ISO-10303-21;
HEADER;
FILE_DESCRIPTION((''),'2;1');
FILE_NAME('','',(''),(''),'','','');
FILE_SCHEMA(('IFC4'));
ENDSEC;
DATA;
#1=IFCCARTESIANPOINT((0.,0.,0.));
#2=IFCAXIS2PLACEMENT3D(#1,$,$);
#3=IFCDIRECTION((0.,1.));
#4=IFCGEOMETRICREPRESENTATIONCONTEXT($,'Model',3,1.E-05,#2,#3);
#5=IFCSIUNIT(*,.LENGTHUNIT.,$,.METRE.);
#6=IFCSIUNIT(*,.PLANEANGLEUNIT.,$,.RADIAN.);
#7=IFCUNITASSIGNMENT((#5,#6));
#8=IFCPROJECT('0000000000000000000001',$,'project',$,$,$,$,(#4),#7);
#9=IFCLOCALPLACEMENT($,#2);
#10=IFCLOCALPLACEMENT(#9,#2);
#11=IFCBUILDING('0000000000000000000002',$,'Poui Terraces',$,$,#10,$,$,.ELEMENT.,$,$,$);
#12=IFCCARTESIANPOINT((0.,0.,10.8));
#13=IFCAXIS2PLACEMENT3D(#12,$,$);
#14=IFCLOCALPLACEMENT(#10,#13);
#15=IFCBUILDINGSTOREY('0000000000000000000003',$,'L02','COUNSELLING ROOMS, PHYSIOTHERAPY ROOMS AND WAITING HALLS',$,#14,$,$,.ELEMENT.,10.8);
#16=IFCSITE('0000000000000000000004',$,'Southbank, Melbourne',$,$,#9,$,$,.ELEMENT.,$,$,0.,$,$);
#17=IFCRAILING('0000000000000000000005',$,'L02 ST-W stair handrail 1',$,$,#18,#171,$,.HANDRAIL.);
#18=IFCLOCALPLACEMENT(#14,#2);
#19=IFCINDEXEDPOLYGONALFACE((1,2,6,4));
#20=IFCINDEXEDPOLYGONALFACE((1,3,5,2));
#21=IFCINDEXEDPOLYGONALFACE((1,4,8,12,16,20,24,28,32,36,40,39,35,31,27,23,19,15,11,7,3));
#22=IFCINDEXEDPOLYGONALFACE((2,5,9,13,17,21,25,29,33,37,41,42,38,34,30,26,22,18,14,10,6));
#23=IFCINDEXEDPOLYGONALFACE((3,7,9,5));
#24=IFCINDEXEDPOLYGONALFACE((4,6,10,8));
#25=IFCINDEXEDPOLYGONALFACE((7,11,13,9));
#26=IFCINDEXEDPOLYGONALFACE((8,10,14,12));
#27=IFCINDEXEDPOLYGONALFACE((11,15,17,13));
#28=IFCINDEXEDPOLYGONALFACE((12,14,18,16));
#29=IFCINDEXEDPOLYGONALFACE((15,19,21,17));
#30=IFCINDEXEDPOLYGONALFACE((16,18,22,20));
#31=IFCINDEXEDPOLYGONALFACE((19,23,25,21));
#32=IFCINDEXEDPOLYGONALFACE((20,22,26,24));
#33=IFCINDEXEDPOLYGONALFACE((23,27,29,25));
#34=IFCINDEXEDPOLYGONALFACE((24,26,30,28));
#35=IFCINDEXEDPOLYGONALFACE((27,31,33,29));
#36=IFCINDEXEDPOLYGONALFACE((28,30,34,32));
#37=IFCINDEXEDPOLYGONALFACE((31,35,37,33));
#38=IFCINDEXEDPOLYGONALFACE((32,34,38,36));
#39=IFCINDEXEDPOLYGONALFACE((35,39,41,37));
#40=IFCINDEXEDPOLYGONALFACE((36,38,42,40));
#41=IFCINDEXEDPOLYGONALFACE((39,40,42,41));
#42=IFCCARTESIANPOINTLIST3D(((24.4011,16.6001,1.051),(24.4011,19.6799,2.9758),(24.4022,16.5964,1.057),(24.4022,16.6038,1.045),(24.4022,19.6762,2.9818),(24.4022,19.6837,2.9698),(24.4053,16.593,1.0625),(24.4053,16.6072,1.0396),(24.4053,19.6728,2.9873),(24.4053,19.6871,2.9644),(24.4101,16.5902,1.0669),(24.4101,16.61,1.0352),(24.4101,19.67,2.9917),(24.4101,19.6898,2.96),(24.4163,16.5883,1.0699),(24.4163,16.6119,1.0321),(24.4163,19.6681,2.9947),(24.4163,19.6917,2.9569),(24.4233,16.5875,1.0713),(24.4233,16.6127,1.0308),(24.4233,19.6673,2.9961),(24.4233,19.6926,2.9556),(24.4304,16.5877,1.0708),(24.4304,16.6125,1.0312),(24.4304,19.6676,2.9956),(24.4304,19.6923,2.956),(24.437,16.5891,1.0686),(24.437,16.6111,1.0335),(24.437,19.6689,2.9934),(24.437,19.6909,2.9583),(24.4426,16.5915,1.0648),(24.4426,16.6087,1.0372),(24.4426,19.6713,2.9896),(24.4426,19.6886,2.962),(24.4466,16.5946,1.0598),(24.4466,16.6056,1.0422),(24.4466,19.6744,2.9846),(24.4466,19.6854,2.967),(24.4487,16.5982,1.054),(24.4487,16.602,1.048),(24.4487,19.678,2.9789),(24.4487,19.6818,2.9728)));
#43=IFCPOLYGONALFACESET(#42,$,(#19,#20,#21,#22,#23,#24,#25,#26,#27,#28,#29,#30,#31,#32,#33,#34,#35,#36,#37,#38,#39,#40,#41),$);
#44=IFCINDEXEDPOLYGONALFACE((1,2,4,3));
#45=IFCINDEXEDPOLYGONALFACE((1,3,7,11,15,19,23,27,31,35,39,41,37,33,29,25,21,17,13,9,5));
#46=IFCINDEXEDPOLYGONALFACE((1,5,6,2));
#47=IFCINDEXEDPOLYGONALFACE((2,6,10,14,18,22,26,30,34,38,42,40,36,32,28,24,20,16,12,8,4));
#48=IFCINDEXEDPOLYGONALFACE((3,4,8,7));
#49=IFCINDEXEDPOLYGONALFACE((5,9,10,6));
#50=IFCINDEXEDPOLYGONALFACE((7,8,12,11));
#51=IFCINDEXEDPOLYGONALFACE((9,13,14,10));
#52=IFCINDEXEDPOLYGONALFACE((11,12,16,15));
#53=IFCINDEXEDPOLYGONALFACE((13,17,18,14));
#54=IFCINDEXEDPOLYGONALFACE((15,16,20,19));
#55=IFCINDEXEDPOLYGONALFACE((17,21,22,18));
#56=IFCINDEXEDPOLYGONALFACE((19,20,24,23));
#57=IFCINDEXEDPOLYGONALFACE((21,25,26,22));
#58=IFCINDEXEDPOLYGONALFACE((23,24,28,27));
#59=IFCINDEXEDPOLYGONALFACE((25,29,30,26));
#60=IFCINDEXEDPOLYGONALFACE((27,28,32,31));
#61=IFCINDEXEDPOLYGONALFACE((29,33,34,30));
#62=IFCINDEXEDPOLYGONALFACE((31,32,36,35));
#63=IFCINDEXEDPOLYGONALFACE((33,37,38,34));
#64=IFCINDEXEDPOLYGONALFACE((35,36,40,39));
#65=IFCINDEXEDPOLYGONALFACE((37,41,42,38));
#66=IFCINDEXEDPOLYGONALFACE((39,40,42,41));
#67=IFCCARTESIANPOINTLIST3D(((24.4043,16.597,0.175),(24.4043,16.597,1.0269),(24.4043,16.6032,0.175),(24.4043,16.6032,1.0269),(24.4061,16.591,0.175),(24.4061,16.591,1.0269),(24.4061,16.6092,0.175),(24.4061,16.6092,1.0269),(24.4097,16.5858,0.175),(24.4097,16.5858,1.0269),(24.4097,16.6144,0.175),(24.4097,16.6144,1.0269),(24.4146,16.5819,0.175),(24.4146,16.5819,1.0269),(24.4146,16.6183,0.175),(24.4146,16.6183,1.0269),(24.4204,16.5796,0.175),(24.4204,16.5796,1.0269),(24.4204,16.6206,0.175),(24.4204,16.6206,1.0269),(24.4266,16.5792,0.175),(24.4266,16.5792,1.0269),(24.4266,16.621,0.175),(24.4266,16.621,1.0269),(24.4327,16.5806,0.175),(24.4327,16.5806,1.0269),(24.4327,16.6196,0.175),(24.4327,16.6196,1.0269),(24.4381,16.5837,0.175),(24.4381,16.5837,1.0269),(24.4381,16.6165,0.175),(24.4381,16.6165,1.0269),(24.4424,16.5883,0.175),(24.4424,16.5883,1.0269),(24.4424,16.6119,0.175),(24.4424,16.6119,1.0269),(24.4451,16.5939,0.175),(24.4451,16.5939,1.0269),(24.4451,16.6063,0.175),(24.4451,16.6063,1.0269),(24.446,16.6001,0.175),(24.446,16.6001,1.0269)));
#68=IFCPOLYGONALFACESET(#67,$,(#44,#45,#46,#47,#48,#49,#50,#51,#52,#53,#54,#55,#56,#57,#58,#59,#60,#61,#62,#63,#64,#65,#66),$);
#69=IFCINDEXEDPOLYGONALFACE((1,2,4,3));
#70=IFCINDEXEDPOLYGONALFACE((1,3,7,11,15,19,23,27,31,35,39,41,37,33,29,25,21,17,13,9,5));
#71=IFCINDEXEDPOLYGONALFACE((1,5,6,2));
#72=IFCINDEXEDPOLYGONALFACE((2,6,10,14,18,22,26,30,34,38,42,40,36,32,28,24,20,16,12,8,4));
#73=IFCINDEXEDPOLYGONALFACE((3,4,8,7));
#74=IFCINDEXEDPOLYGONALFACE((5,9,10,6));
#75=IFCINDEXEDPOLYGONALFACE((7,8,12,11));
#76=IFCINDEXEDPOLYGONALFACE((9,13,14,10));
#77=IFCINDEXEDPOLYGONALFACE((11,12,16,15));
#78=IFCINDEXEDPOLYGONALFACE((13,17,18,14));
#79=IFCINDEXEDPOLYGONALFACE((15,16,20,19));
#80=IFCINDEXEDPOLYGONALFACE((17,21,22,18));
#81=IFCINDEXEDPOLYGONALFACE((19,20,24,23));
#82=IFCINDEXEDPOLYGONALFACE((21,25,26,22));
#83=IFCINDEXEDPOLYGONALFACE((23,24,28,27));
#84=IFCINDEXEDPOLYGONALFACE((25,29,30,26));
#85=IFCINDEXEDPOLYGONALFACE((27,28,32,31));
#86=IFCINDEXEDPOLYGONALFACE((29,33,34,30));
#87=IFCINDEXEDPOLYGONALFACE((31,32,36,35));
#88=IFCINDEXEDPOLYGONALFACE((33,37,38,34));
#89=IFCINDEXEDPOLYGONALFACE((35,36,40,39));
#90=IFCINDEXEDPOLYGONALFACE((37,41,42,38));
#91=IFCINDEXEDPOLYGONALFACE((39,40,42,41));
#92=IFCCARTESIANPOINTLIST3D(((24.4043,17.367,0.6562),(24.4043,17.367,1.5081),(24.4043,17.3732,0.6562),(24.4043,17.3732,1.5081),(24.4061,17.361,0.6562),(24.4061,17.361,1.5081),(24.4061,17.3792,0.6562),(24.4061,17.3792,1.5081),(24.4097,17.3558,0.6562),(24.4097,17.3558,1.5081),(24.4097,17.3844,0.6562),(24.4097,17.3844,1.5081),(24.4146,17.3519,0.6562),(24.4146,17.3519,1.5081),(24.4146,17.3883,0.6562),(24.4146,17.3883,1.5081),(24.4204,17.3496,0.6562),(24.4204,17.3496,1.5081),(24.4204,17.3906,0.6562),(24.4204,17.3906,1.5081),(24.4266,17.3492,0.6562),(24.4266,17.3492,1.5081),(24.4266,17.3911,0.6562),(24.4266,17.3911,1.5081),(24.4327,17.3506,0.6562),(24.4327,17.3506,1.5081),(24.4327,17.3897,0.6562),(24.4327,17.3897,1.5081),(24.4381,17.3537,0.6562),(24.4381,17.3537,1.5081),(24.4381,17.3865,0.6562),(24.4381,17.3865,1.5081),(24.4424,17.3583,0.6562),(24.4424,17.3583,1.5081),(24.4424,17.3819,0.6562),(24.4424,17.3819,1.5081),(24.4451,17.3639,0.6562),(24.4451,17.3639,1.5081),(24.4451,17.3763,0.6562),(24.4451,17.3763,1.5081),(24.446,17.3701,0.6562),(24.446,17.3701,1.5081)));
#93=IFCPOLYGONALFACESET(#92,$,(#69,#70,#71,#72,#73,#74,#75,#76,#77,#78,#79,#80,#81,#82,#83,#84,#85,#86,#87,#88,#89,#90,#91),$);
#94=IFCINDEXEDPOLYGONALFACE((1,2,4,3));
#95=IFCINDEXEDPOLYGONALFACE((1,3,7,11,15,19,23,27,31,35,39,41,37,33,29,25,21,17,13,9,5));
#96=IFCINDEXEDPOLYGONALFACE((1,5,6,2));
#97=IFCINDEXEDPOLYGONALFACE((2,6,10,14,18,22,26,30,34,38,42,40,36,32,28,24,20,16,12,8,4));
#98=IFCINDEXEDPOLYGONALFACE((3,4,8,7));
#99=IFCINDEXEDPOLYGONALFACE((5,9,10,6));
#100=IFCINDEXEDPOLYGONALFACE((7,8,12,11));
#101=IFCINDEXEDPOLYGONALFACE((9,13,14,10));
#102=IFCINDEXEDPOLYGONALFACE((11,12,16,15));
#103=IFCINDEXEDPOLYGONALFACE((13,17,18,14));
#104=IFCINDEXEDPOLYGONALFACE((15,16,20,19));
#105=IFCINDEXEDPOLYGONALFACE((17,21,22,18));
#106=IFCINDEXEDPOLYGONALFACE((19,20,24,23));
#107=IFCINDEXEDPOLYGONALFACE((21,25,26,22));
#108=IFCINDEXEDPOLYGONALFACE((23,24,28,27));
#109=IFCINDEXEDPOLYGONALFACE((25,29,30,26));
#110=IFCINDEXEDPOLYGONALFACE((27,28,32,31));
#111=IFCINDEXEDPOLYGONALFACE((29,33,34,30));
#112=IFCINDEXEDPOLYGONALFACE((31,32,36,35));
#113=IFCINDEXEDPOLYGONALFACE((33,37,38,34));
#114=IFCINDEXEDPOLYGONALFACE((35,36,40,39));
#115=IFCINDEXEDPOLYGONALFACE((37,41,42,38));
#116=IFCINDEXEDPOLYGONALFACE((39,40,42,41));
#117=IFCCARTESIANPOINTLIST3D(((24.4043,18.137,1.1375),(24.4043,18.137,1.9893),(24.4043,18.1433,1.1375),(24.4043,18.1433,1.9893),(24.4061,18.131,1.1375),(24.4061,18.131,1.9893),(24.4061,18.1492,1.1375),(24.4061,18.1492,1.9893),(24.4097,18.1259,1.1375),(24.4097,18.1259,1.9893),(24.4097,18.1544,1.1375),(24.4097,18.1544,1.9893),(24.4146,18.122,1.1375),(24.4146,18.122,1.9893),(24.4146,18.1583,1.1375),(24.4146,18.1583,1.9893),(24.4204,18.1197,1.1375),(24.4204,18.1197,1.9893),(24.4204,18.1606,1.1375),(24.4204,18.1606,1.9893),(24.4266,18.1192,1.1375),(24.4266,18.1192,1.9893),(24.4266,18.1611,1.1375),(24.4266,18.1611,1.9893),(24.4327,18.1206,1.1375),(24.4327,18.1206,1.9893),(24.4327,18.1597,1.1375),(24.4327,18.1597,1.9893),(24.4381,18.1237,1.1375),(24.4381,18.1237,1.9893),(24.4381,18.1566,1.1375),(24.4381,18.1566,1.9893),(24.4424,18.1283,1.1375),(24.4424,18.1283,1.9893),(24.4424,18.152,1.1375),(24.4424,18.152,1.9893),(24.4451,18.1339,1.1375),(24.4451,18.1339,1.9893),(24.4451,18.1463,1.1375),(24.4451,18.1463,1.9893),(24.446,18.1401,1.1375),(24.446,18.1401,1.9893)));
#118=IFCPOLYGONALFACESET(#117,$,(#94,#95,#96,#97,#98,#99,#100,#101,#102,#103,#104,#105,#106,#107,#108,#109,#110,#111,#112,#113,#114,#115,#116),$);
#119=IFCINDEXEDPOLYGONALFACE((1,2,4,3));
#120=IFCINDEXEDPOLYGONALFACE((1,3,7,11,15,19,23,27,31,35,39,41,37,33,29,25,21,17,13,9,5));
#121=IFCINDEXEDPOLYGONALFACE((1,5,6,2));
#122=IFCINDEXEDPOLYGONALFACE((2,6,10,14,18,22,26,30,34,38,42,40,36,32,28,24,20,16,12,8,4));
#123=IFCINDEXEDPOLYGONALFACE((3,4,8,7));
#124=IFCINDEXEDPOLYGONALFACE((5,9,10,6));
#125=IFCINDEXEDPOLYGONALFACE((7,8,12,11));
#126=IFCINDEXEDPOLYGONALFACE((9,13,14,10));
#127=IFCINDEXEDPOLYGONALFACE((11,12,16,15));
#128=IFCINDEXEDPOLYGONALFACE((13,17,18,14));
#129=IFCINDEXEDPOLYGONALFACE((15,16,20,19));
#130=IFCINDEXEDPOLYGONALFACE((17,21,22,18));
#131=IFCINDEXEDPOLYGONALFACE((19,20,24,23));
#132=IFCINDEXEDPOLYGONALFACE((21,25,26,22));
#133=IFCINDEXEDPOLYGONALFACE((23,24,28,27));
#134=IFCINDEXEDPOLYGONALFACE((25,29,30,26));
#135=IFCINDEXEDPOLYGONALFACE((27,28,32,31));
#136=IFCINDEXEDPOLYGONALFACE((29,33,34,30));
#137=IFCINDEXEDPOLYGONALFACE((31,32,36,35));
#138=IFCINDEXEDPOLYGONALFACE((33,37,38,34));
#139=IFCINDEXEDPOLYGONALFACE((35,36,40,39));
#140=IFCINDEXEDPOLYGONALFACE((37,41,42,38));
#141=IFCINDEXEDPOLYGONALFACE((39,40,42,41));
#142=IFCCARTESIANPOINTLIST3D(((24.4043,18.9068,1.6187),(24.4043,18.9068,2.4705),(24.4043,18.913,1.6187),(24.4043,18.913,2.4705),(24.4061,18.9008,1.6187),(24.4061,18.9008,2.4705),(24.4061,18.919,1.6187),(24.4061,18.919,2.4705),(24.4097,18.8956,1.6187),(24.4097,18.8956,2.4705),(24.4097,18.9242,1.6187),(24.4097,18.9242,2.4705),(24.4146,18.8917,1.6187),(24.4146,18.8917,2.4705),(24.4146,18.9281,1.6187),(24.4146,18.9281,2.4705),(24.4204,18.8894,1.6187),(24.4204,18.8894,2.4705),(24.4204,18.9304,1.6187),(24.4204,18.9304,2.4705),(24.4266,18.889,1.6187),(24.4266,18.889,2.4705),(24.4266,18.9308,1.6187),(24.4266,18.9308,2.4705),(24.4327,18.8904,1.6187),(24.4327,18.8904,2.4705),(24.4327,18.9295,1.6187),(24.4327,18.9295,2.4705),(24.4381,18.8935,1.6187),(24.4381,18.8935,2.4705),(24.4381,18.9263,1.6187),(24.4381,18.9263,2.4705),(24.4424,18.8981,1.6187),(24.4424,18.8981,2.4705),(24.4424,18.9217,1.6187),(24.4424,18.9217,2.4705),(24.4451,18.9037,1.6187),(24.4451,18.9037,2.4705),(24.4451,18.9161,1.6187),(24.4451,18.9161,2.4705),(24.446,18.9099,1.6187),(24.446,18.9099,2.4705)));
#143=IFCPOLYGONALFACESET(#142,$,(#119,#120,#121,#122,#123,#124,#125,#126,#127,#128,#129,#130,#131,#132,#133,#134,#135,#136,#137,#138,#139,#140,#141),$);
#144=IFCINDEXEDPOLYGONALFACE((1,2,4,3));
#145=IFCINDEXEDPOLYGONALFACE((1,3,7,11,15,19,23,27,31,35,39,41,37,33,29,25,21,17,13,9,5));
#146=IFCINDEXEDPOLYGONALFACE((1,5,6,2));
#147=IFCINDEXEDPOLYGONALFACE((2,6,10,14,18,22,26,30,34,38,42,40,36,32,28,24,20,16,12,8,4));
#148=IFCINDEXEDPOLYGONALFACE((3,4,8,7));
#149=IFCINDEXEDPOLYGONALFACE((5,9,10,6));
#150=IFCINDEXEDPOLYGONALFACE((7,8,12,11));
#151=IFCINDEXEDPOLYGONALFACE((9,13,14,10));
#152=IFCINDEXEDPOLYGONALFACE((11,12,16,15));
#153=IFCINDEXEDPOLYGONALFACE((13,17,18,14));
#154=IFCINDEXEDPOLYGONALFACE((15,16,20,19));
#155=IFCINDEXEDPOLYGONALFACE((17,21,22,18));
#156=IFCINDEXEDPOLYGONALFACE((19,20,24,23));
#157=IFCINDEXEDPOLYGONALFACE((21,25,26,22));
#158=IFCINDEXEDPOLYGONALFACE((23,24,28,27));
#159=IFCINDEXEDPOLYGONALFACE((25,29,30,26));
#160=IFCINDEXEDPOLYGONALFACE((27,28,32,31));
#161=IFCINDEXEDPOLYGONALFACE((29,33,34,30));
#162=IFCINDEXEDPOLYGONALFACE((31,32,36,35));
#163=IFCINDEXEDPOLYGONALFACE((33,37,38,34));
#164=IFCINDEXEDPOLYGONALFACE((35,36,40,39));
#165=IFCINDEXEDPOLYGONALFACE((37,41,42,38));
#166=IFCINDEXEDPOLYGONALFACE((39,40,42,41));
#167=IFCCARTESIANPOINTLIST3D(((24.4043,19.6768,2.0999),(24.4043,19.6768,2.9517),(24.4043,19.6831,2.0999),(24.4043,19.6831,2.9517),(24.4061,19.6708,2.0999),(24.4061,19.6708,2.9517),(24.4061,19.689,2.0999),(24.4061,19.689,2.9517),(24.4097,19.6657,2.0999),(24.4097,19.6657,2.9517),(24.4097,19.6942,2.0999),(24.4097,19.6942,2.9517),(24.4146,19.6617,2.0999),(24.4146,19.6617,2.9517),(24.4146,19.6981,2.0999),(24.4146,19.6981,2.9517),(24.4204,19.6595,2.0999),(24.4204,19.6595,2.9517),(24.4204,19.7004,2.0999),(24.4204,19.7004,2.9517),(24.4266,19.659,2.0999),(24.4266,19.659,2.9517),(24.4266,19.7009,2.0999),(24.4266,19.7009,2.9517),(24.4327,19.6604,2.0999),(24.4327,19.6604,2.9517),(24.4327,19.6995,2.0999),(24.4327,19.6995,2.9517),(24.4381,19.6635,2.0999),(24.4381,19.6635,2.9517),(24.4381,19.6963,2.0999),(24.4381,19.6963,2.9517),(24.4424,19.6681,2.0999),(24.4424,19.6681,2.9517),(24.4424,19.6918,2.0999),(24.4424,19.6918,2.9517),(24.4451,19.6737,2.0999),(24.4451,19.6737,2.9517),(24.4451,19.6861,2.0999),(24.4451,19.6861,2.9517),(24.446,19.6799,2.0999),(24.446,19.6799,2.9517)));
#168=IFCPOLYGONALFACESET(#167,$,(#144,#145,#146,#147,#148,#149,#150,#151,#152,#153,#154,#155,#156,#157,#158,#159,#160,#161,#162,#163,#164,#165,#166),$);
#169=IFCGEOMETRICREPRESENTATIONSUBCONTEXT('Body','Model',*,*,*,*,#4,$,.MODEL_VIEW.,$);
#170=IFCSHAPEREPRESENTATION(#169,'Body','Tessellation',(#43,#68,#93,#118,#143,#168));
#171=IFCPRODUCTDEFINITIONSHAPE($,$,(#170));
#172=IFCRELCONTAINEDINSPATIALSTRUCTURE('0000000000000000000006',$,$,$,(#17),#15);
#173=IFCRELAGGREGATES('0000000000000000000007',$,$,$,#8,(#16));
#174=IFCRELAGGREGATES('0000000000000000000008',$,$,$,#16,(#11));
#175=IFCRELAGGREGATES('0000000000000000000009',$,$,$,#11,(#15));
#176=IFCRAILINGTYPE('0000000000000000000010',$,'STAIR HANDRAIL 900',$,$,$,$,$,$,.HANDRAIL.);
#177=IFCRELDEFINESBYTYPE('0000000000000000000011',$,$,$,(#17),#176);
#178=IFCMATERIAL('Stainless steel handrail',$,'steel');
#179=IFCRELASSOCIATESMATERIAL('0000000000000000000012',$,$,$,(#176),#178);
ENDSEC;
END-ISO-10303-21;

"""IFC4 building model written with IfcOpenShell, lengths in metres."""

from ifc_helpers import new_model, si_unit, direction, frame, origin, origin_2d, place, context, subcontext, project, spatial, circle, extrude, material, type_object, element, save


model = new_model("IFC4")

# Units and contexts
model_context = context("Model", 3, precision=1e-05, world=origin(), true_north=direction((0.0, 1.0)))
body_context = subcontext(model_context, "Body", "Model", "MODEL_VIEW")
ifc_project = project(units=[si_unit("LENGTHUNIT", "METRE"), si_unit("PLANEANGLEUNIT", "RADIAN")], contexts=[model_context])

# Site, building, storey
site_placement = place(None, origin())
site = spatial("IfcSite", under=ifc_project, at=site_placement, Name="Southbank, Melbourne", CompositionType="ELEMENT", RefElevation=0.0)
building_placement = place(site_placement, origin())
building = spatial("IfcBuilding", under=site, at=building_placement, Name="Poui Terraces", CompositionType="ELEMENT")
storey_placement = place(building_placement, frame((0.0, 0.0, 10.8)))
storey = spatial("IfcBuildingStorey", under=building, at=storey_placement, Name="L02", Description="COUNSELLING ROOMS, PHYSIOTHERAPY ROOMS AND WAITING HALLS", CompositionType="ELEMENT", Elevation=10.8)

# Railing
ifc_material_1 = material(Name="Stainless steel handrail", Category="steel")
railing_type_1 = type_object("IfcRailingType", Name="STAIR HANDRAIL 900", PredefinedType="HANDRAIL", material=ifc_material_1)
railing_1_placement = place(storey_placement, frame((24.425, 16.6001, 0.175)))
element("IfcRailing", 1, at=railing_1_placement, inside=storey, type_object=railing_type_1, Name="L02 ST-W stair handrail 1", PredefinedType="HANDRAIL", context=body_context, shape_type="SweptSolid", body=[
    extrude(circle(Radius=0.0239, at=origin_2d()), frame((0.0, 0.0, 0.876), z_axis=(0.0, 0.84801, 0.529981), x_axis=(-1.0, 0.0, 0.0)), (0.0, 0.0, 1.0), 3.6318),
    extrude(circle(Radius=0.021, at=origin_2d()), origin(), (0.0, 0.0, 1.0), 0.8518),
    extrude(circle(Radius=0.021, at=origin_2d()), frame((0.0, 0.77, 0.4812)), (0.0, 0.0, 1.0), 0.8518),
    extrude(circle(Radius=0.021, at=origin_2d()), frame((0.0, 1.54, 0.9624)), (0.0, 0.0, 1.0), 0.8518),
    extrude(circle(Radius=0.021, at=origin_2d()), frame((0.0, 2.3098, 1.4436)), (0.0, 0.0, 1.0), 0.8518),
    extrude(circle(Radius=0.021, at=origin_2d()), frame((0.0, 3.0798, 1.9248)), (0.0, 0.0, 1.0), 0.8518),
])

save(model, "model.ifc")
